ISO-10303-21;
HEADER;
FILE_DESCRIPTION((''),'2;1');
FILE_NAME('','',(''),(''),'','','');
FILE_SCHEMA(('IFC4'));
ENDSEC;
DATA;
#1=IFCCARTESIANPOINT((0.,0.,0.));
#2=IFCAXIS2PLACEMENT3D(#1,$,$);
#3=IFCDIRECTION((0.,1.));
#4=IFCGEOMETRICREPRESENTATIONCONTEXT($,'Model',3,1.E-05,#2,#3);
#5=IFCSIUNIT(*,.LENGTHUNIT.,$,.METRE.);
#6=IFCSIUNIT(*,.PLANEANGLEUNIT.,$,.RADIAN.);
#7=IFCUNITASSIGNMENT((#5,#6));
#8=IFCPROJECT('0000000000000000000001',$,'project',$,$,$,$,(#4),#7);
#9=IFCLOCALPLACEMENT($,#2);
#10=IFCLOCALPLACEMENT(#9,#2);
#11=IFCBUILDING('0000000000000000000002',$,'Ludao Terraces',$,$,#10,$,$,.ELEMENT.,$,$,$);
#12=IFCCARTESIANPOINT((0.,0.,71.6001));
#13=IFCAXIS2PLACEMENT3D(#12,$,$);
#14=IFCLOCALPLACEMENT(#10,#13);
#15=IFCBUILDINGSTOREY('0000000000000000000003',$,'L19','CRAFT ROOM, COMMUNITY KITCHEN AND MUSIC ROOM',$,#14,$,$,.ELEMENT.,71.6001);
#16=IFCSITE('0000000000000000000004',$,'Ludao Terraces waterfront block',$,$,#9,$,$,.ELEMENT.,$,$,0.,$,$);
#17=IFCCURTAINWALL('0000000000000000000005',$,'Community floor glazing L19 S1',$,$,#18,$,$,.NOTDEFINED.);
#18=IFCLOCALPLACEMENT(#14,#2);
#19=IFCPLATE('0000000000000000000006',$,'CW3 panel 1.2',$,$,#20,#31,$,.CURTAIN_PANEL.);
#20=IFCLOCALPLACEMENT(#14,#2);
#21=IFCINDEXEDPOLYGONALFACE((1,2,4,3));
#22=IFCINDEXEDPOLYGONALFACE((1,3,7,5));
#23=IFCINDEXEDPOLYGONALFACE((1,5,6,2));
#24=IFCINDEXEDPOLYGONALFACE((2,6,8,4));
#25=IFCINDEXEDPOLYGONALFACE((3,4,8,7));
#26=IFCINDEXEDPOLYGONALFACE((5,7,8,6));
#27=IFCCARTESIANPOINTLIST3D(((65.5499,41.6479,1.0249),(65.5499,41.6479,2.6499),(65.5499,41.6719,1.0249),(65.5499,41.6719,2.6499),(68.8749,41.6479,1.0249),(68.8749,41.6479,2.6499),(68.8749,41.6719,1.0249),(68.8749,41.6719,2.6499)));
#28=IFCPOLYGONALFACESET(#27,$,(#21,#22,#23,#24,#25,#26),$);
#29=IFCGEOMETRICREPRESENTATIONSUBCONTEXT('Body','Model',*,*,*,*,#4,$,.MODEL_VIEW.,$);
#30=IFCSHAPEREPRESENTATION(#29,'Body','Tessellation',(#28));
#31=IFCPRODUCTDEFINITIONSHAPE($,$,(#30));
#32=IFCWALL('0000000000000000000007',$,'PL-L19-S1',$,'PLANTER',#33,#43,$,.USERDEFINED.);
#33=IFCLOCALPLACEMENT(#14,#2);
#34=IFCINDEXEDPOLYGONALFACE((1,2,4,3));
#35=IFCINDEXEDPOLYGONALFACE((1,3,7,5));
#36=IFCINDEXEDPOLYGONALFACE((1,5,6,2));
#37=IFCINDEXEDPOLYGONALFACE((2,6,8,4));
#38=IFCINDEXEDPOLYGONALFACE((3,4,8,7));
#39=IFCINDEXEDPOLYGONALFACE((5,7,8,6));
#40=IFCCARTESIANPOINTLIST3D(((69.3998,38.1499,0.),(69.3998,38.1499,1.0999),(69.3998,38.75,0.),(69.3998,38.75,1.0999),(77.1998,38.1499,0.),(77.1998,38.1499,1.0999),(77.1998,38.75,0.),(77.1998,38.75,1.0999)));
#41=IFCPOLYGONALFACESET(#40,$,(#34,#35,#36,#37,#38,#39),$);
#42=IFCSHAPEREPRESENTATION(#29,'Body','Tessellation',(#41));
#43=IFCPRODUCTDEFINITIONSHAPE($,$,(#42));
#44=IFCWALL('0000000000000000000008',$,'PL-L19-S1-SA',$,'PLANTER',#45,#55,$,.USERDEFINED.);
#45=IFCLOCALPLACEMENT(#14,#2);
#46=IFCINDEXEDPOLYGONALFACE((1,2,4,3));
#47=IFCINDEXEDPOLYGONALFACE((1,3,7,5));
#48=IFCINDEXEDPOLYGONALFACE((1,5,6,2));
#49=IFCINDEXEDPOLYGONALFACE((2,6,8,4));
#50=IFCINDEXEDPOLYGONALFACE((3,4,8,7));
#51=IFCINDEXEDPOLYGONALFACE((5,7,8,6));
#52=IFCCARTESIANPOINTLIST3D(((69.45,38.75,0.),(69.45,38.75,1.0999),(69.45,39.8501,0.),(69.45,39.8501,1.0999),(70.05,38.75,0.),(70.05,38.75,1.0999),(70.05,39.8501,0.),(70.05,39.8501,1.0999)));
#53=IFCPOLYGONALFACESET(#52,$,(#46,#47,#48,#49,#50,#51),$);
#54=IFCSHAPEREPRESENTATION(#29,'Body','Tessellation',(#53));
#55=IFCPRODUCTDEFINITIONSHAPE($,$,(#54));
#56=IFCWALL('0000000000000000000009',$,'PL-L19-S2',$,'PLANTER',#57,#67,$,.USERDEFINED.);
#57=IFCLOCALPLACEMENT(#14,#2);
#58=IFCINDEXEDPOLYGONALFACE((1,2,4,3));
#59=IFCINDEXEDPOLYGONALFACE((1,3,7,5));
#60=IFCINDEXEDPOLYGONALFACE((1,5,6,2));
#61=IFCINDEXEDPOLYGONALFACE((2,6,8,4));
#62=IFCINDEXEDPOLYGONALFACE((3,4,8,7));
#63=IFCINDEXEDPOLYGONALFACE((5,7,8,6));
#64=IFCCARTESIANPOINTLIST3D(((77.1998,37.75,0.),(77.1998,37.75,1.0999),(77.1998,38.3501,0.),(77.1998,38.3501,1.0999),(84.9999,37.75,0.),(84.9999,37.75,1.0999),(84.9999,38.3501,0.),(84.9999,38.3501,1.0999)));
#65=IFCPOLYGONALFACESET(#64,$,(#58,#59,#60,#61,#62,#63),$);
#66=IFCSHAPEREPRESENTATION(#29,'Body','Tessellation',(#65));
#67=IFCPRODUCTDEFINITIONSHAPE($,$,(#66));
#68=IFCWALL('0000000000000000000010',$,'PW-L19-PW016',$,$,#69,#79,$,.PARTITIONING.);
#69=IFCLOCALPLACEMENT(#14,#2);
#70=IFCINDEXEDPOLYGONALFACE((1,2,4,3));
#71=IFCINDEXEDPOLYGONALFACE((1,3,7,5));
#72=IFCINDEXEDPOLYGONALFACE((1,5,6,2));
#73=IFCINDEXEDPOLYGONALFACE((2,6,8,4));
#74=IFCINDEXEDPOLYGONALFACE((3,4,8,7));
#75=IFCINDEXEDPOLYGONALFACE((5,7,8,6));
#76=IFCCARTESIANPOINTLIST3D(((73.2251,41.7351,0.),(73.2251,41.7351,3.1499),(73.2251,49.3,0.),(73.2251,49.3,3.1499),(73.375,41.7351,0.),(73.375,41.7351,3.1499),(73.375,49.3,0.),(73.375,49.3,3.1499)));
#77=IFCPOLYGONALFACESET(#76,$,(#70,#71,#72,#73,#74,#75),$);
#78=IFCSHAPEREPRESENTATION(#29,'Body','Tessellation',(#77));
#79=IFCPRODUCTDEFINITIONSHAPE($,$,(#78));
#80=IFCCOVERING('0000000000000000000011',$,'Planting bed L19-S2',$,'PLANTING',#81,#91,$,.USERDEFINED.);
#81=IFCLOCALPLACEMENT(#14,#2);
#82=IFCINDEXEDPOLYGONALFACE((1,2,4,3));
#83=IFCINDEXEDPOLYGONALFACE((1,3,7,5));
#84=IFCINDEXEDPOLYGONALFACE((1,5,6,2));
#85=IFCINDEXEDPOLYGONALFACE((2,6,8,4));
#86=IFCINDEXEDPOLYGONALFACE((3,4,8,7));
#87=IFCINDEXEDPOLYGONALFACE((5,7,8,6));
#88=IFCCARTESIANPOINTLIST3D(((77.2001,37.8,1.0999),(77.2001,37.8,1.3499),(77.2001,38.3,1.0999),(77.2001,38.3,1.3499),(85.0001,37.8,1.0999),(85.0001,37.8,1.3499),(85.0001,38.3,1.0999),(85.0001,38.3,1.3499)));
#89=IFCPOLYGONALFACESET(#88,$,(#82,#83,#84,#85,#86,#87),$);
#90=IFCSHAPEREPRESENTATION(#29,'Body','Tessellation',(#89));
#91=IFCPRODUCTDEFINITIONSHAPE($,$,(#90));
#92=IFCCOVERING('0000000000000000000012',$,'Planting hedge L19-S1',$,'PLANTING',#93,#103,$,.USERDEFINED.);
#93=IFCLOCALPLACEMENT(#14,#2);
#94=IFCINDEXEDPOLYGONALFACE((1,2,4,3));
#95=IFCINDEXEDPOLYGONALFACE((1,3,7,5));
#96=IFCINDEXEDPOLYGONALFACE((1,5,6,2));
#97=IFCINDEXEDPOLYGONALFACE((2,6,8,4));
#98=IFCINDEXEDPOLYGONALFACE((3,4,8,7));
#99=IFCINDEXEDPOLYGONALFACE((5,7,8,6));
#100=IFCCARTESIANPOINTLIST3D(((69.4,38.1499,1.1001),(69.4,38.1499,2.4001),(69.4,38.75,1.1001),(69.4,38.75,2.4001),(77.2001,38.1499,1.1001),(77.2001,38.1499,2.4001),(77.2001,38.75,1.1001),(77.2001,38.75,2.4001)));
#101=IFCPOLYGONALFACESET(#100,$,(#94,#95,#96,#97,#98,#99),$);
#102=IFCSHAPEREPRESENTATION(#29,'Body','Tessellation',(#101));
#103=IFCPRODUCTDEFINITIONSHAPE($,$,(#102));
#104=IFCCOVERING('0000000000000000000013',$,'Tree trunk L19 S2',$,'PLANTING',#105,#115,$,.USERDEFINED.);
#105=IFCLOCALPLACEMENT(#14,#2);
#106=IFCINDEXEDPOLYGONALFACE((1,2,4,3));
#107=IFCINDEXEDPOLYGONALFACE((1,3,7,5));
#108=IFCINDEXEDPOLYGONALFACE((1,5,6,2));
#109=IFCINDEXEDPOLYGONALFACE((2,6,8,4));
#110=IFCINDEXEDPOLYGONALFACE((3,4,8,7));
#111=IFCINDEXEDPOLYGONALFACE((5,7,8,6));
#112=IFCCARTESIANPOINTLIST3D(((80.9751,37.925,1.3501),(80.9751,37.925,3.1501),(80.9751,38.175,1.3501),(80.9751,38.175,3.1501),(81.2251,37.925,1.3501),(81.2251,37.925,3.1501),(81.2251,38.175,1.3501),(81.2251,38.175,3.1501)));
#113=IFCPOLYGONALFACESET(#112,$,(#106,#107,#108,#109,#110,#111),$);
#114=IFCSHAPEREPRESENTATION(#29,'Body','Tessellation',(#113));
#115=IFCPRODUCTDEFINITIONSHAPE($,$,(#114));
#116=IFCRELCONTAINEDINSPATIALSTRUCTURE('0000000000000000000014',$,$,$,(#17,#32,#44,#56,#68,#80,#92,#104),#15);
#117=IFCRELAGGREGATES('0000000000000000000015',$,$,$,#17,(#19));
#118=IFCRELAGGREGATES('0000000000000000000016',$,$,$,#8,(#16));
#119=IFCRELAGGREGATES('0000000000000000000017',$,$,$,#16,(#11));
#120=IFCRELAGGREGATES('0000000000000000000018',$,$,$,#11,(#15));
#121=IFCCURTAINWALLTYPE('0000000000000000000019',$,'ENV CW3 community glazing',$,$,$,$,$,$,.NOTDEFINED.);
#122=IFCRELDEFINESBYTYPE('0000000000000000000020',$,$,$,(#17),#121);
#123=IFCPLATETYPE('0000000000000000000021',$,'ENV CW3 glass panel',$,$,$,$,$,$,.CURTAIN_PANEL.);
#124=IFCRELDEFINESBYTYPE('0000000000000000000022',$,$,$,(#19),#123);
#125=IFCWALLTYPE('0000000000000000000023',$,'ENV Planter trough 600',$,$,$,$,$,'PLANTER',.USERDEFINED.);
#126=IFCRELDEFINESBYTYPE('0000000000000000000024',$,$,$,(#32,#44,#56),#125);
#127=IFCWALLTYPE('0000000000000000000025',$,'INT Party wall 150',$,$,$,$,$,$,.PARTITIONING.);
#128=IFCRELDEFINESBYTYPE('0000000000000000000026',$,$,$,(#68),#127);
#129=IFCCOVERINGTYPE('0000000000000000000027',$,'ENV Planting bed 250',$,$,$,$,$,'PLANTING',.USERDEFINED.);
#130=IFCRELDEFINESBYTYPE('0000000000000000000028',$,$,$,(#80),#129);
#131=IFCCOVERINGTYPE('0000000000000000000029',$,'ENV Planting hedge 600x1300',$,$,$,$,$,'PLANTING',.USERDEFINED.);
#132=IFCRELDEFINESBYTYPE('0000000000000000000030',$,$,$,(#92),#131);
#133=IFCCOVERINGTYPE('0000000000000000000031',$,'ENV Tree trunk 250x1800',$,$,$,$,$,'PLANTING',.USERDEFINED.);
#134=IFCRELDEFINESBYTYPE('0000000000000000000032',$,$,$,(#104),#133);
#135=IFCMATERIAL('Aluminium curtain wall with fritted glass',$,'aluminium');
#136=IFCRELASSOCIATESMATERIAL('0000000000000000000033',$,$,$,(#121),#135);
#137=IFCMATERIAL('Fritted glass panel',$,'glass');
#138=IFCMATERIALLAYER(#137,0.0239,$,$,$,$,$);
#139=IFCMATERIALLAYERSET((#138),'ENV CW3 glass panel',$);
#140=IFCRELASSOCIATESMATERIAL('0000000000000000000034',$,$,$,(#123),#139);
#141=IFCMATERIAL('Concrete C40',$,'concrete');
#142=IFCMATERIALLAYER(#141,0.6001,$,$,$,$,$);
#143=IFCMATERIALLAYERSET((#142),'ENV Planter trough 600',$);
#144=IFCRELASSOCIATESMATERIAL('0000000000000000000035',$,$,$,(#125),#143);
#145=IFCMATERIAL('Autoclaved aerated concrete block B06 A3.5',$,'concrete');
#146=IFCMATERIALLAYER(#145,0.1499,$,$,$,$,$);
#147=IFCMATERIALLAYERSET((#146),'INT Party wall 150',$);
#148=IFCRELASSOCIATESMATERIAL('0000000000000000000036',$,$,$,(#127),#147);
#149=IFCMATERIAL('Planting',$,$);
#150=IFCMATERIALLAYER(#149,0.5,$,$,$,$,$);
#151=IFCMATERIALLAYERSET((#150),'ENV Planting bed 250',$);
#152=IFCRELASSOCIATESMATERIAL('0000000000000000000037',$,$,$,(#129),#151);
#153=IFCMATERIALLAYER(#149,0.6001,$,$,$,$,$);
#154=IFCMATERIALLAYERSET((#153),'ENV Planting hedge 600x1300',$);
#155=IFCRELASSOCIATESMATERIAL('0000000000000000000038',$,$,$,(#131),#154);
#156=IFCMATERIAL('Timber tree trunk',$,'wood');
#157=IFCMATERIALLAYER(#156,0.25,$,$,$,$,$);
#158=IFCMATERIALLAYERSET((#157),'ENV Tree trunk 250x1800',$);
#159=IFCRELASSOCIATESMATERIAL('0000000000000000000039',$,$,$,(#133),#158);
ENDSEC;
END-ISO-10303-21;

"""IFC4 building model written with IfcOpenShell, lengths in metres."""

from ifc_helpers import new_model, si_unit, direction, frame, frame_2d, origin, origin_2d, place, context, subcontext, project, spatial, rectangle, extrude, material, layer, layer_set, type_object, element, aggregate, save


model = new_model("IFC4")

# Units and contexts
model_context = context("Model", 3, precision=1e-05, world=origin(), true_north=direction((0.0, 1.0)))
body_context = subcontext(model_context, "Body", "Model", "MODEL_VIEW")
ifc_project = project(units=[si_unit("LENGTHUNIT", "METRE"), si_unit("PLANEANGLEUNIT", "RADIAN")], contexts=[model_context])

# Site, building, storey
site_placement = place(None, origin())
site = spatial("IfcSite", under=ifc_project, at=site_placement, Name="Ludao Terraces waterfront block", CompositionType="ELEMENT", RefElevation=0.0)
building_placement = place(site_placement, origin())
building = spatial("IfcBuilding", under=site, at=building_placement, Name="Ludao Terraces", CompositionType="ELEMENT")
storey_placement = place(building_placement, frame((0.0, 0.0, 71.6001)))
storey = spatial("IfcBuildingStorey", under=building, at=storey_placement, Name="L19", Description="CRAFT ROOM, COMMUNITY KITCHEN AND MUSIC ROOM", CompositionType="ELEMENT", Elevation=71.6001)

# Curtain wall
ifc_material_1 = material(Name="Aluminium curtain wall with fritted glass", Category="aluminium")
curtain_wall_type = type_object("IfcCurtainWallType", Name="ENV CW3 community glazing", PredefinedType="NOTDEFINED", material=ifc_material_1)
curtain_wall_placement = place(storey_placement, origin())
curtain_wall = element("IfcCurtainWall", 1, at=curtain_wall_placement, inside=storey, type_object=curtain_wall_type, Name="Community floor glazing L19 S1", PredefinedType="NOTDEFINED")

# Shared definitions
ifc_material_2 = material(Name="Concrete C40", Category="concrete")

# Plate
ifc_material_3 = material(Name="Fritted glass panel", Category="glass")
ifc_layer_1 = layer(ifc_material_3, 0.0239)
ifc_layer_set_1 = layer_set([ifc_layer_1], Name="ENV CW3 glass panel")
plate_type = type_object("IfcPlateType", Name="ENV CW3 glass panel", PredefinedType="CURTAIN_PANEL", material=ifc_layer_set_1)
plate_1_placement = place(storey_placement, frame((67.2124, 41.6599, 1.0249), z_axis=(0.0, 0.0, 1.0), x_axis=(1.0, 0.0, 0.0)))
plate_1 = element("IfcPlate", 2, at=plate_1_placement, type_object=plate_type, Name="CW3 panel 1.2", PredefinedType="CURTAIN_PANEL", context=body_context, shape_type="SweptSolid", body=[
    extrude(rectangle(XDim=3.325, YDim=0.0239, at=origin_2d()), origin(), (0.0, 0.0, 1.0), 1.625),
])
aggregate(curtain_wall, [plate_1])

# Walls
ifc_layer_2 = layer(ifc_material_2, 0.6001)
ifc_layer_set_2 = layer_set([ifc_layer_2], Name="ENV Planter trough 600")
wall_type_1 = type_object("IfcWallType", Name="ENV Planter trough 600", ElementType="PLANTER", PredefinedType="USERDEFINED", material=ifc_layer_set_2)
wall_1_placement = place(storey_placement, frame((69.3999, 38.45, 0.0), z_axis=(0.0, 0.0, 1.0), x_axis=(1.0, 0.0, 0.0)))
element("IfcWall", 3, at=wall_1_placement, inside=storey, type_object=wall_type_1, Name="PL-L19-S1", ObjectType="PLANTER", PredefinedType="USERDEFINED", context=body_context, shape_type="SweptSolid", body=[
    extrude(rectangle(XDim=7.8, YDim=0.6001, at=frame_2d((3.8999, 0.0))), origin(), (0.0, 0.0, 1.0), 1.0999),
])
wall_2_placement = place(storey_placement, frame((69.75, 38.75, 0.0), z_axis=(0.0, 0.0, 1.0), x_axis=(0.0, 1.0, 0.0)))
element("IfcWall", 4, at=wall_2_placement, inside=storey, type_object=wall_type_1, Name="PL-L19-S1-SA", ObjectType="PLANTER", PredefinedType="USERDEFINED", context=body_context, shape_type="SweptSolid", body=[
    extrude(rectangle(XDim=1.1001, YDim=0.6001, at=frame_2d((0.55, 0.0))), origin(), (0.0, 0.0, 1.0), 1.0999),
])
wall_3_placement = place(storey_placement, frame((77.2, 38.05, 0.0), z_axis=(0.0, 0.0, 1.0), x_axis=(1.0, 0.0, 0.0)))
element("IfcWall", 5, at=wall_3_placement, inside=storey, type_object=wall_type_1, Name="PL-L19-S2", ObjectType="PLANTER", PredefinedType="USERDEFINED", context=body_context, shape_type="SweptSolid", body=[
    extrude(rectangle(XDim=7.8, YDim=0.6001, at=frame_2d((3.8999, 0.0))), origin(), (0.0, 0.0, 1.0), 1.0999),
])

# Wall
ifc_material_4 = material(Name="Autoclaved aerated concrete block B06 A3.5", Category="concrete")
ifc_layer_3 = layer(ifc_material_4, 0.1499)
ifc_layer_set_3 = layer_set([ifc_layer_3], Name="INT Party wall 150")
wall_type_2 = type_object("IfcWallType", Name="INT Party wall 150", PredefinedType="PARTITIONING", material=ifc_layer_set_3)
wall_4_placement = place(storey_placement, frame((73.3, 41.7351, 0.0), z_axis=(0.0, 0.0, 1.0), x_axis=(0.0, 1.0, 0.0)))
element("IfcWall", 6, at=wall_4_placement, inside=storey, type_object=wall_type_2, Name="PW-L19-PW016", PredefinedType="PARTITIONING", context=body_context, shape_type="SweptSolid", body=[
    extrude(rectangle(XDim=7.5649, YDim=0.1499, at=frame_2d((3.7825, 0.0))), origin(), (0.0, 0.0, 1.0), 3.1499),
])

# Coverings
ifc_material_5 = material(Name="Planting")
ifc_layer_4 = layer(ifc_material_5, 0.5)
ifc_layer_set_4 = layer_set([ifc_layer_4], Name="ENV Planting bed 250")
covering_type_1 = type_object("IfcCoveringType", Name="ENV Planting bed 250", ElementType="PLANTING", PredefinedType="USERDEFINED", material=ifc_layer_set_4)
covering_1_placement = place(storey_placement, frame((81.1001, 38.05, 1.0999), z_axis=(0.0, 0.0, 1.0), x_axis=(1.0, 0.0, 0.0)))
element("IfcCovering", 7, at=covering_1_placement, inside=storey, type_object=covering_type_1, Name="Planting bed L19-S2", ObjectType="PLANTING", PredefinedType="USERDEFINED", context=body_context, shape_type="SweptSolid", body=[
    extrude(rectangle(XDim=7.8, YDim=0.5, at=origin_2d()), origin(), (0.0, 0.0, 1.0), 0.25),
])
ifc_layer_5 = layer(ifc_material_5, 0.6001)
ifc_layer_set_5 = layer_set([ifc_layer_5], Name="ENV Planting hedge 600x1300")
covering_type_2 = type_object("IfcCoveringType", Name="ENV Planting hedge 600x1300", ElementType="PLANTING", PredefinedType="USERDEFINED", material=ifc_layer_set_5)
covering_2_placement = place(storey_placement, frame((73.3, 38.45, 1.1001), z_axis=(0.0, 0.0, 1.0), x_axis=(1.0, 0.0, 0.0)))
element("IfcCovering", 8, at=covering_2_placement, inside=storey, type_object=covering_type_2, Name="Planting hedge L19-S1", ObjectType="PLANTING", PredefinedType="USERDEFINED", context=body_context, shape_type="SweptSolid", body=[
    extrude(rectangle(XDim=7.8, YDim=0.6001, at=origin_2d()), origin(), (0.0, 0.0, 1.0), 1.3),
])
ifc_material_6 = material(Name="Timber tree trunk", Category="wood")
ifc_layer_6 = layer(ifc_material_6, 0.25)
ifc_layer_set_6 = layer_set([ifc_layer_6], Name="ENV Tree trunk 250x1800")
covering_type_3 = type_object("IfcCoveringType", Name="ENV Tree trunk 250x1800", ElementType="PLANTING", PredefinedType="USERDEFINED", material=ifc_layer_set_6)
covering_3_placement = place(storey_placement, frame((81.1001, 38.05, 1.3501), z_axis=(0.0, 0.0, 1.0), x_axis=(1.0, 0.0, 0.0)))
element("IfcCovering", 9, at=covering_3_placement, inside=storey, type_object=covering_type_3, Name="Tree trunk L19 S2", ObjectType="PLANTING", PredefinedType="USERDEFINED", context=body_context, shape_type="SweptSolid", body=[
    extrude(rectangle(XDim=0.25, YDim=0.25, at=origin_2d()), origin(), (0.0, 0.0, 1.0), 1.8),
])

save(model, "model.ifc")
